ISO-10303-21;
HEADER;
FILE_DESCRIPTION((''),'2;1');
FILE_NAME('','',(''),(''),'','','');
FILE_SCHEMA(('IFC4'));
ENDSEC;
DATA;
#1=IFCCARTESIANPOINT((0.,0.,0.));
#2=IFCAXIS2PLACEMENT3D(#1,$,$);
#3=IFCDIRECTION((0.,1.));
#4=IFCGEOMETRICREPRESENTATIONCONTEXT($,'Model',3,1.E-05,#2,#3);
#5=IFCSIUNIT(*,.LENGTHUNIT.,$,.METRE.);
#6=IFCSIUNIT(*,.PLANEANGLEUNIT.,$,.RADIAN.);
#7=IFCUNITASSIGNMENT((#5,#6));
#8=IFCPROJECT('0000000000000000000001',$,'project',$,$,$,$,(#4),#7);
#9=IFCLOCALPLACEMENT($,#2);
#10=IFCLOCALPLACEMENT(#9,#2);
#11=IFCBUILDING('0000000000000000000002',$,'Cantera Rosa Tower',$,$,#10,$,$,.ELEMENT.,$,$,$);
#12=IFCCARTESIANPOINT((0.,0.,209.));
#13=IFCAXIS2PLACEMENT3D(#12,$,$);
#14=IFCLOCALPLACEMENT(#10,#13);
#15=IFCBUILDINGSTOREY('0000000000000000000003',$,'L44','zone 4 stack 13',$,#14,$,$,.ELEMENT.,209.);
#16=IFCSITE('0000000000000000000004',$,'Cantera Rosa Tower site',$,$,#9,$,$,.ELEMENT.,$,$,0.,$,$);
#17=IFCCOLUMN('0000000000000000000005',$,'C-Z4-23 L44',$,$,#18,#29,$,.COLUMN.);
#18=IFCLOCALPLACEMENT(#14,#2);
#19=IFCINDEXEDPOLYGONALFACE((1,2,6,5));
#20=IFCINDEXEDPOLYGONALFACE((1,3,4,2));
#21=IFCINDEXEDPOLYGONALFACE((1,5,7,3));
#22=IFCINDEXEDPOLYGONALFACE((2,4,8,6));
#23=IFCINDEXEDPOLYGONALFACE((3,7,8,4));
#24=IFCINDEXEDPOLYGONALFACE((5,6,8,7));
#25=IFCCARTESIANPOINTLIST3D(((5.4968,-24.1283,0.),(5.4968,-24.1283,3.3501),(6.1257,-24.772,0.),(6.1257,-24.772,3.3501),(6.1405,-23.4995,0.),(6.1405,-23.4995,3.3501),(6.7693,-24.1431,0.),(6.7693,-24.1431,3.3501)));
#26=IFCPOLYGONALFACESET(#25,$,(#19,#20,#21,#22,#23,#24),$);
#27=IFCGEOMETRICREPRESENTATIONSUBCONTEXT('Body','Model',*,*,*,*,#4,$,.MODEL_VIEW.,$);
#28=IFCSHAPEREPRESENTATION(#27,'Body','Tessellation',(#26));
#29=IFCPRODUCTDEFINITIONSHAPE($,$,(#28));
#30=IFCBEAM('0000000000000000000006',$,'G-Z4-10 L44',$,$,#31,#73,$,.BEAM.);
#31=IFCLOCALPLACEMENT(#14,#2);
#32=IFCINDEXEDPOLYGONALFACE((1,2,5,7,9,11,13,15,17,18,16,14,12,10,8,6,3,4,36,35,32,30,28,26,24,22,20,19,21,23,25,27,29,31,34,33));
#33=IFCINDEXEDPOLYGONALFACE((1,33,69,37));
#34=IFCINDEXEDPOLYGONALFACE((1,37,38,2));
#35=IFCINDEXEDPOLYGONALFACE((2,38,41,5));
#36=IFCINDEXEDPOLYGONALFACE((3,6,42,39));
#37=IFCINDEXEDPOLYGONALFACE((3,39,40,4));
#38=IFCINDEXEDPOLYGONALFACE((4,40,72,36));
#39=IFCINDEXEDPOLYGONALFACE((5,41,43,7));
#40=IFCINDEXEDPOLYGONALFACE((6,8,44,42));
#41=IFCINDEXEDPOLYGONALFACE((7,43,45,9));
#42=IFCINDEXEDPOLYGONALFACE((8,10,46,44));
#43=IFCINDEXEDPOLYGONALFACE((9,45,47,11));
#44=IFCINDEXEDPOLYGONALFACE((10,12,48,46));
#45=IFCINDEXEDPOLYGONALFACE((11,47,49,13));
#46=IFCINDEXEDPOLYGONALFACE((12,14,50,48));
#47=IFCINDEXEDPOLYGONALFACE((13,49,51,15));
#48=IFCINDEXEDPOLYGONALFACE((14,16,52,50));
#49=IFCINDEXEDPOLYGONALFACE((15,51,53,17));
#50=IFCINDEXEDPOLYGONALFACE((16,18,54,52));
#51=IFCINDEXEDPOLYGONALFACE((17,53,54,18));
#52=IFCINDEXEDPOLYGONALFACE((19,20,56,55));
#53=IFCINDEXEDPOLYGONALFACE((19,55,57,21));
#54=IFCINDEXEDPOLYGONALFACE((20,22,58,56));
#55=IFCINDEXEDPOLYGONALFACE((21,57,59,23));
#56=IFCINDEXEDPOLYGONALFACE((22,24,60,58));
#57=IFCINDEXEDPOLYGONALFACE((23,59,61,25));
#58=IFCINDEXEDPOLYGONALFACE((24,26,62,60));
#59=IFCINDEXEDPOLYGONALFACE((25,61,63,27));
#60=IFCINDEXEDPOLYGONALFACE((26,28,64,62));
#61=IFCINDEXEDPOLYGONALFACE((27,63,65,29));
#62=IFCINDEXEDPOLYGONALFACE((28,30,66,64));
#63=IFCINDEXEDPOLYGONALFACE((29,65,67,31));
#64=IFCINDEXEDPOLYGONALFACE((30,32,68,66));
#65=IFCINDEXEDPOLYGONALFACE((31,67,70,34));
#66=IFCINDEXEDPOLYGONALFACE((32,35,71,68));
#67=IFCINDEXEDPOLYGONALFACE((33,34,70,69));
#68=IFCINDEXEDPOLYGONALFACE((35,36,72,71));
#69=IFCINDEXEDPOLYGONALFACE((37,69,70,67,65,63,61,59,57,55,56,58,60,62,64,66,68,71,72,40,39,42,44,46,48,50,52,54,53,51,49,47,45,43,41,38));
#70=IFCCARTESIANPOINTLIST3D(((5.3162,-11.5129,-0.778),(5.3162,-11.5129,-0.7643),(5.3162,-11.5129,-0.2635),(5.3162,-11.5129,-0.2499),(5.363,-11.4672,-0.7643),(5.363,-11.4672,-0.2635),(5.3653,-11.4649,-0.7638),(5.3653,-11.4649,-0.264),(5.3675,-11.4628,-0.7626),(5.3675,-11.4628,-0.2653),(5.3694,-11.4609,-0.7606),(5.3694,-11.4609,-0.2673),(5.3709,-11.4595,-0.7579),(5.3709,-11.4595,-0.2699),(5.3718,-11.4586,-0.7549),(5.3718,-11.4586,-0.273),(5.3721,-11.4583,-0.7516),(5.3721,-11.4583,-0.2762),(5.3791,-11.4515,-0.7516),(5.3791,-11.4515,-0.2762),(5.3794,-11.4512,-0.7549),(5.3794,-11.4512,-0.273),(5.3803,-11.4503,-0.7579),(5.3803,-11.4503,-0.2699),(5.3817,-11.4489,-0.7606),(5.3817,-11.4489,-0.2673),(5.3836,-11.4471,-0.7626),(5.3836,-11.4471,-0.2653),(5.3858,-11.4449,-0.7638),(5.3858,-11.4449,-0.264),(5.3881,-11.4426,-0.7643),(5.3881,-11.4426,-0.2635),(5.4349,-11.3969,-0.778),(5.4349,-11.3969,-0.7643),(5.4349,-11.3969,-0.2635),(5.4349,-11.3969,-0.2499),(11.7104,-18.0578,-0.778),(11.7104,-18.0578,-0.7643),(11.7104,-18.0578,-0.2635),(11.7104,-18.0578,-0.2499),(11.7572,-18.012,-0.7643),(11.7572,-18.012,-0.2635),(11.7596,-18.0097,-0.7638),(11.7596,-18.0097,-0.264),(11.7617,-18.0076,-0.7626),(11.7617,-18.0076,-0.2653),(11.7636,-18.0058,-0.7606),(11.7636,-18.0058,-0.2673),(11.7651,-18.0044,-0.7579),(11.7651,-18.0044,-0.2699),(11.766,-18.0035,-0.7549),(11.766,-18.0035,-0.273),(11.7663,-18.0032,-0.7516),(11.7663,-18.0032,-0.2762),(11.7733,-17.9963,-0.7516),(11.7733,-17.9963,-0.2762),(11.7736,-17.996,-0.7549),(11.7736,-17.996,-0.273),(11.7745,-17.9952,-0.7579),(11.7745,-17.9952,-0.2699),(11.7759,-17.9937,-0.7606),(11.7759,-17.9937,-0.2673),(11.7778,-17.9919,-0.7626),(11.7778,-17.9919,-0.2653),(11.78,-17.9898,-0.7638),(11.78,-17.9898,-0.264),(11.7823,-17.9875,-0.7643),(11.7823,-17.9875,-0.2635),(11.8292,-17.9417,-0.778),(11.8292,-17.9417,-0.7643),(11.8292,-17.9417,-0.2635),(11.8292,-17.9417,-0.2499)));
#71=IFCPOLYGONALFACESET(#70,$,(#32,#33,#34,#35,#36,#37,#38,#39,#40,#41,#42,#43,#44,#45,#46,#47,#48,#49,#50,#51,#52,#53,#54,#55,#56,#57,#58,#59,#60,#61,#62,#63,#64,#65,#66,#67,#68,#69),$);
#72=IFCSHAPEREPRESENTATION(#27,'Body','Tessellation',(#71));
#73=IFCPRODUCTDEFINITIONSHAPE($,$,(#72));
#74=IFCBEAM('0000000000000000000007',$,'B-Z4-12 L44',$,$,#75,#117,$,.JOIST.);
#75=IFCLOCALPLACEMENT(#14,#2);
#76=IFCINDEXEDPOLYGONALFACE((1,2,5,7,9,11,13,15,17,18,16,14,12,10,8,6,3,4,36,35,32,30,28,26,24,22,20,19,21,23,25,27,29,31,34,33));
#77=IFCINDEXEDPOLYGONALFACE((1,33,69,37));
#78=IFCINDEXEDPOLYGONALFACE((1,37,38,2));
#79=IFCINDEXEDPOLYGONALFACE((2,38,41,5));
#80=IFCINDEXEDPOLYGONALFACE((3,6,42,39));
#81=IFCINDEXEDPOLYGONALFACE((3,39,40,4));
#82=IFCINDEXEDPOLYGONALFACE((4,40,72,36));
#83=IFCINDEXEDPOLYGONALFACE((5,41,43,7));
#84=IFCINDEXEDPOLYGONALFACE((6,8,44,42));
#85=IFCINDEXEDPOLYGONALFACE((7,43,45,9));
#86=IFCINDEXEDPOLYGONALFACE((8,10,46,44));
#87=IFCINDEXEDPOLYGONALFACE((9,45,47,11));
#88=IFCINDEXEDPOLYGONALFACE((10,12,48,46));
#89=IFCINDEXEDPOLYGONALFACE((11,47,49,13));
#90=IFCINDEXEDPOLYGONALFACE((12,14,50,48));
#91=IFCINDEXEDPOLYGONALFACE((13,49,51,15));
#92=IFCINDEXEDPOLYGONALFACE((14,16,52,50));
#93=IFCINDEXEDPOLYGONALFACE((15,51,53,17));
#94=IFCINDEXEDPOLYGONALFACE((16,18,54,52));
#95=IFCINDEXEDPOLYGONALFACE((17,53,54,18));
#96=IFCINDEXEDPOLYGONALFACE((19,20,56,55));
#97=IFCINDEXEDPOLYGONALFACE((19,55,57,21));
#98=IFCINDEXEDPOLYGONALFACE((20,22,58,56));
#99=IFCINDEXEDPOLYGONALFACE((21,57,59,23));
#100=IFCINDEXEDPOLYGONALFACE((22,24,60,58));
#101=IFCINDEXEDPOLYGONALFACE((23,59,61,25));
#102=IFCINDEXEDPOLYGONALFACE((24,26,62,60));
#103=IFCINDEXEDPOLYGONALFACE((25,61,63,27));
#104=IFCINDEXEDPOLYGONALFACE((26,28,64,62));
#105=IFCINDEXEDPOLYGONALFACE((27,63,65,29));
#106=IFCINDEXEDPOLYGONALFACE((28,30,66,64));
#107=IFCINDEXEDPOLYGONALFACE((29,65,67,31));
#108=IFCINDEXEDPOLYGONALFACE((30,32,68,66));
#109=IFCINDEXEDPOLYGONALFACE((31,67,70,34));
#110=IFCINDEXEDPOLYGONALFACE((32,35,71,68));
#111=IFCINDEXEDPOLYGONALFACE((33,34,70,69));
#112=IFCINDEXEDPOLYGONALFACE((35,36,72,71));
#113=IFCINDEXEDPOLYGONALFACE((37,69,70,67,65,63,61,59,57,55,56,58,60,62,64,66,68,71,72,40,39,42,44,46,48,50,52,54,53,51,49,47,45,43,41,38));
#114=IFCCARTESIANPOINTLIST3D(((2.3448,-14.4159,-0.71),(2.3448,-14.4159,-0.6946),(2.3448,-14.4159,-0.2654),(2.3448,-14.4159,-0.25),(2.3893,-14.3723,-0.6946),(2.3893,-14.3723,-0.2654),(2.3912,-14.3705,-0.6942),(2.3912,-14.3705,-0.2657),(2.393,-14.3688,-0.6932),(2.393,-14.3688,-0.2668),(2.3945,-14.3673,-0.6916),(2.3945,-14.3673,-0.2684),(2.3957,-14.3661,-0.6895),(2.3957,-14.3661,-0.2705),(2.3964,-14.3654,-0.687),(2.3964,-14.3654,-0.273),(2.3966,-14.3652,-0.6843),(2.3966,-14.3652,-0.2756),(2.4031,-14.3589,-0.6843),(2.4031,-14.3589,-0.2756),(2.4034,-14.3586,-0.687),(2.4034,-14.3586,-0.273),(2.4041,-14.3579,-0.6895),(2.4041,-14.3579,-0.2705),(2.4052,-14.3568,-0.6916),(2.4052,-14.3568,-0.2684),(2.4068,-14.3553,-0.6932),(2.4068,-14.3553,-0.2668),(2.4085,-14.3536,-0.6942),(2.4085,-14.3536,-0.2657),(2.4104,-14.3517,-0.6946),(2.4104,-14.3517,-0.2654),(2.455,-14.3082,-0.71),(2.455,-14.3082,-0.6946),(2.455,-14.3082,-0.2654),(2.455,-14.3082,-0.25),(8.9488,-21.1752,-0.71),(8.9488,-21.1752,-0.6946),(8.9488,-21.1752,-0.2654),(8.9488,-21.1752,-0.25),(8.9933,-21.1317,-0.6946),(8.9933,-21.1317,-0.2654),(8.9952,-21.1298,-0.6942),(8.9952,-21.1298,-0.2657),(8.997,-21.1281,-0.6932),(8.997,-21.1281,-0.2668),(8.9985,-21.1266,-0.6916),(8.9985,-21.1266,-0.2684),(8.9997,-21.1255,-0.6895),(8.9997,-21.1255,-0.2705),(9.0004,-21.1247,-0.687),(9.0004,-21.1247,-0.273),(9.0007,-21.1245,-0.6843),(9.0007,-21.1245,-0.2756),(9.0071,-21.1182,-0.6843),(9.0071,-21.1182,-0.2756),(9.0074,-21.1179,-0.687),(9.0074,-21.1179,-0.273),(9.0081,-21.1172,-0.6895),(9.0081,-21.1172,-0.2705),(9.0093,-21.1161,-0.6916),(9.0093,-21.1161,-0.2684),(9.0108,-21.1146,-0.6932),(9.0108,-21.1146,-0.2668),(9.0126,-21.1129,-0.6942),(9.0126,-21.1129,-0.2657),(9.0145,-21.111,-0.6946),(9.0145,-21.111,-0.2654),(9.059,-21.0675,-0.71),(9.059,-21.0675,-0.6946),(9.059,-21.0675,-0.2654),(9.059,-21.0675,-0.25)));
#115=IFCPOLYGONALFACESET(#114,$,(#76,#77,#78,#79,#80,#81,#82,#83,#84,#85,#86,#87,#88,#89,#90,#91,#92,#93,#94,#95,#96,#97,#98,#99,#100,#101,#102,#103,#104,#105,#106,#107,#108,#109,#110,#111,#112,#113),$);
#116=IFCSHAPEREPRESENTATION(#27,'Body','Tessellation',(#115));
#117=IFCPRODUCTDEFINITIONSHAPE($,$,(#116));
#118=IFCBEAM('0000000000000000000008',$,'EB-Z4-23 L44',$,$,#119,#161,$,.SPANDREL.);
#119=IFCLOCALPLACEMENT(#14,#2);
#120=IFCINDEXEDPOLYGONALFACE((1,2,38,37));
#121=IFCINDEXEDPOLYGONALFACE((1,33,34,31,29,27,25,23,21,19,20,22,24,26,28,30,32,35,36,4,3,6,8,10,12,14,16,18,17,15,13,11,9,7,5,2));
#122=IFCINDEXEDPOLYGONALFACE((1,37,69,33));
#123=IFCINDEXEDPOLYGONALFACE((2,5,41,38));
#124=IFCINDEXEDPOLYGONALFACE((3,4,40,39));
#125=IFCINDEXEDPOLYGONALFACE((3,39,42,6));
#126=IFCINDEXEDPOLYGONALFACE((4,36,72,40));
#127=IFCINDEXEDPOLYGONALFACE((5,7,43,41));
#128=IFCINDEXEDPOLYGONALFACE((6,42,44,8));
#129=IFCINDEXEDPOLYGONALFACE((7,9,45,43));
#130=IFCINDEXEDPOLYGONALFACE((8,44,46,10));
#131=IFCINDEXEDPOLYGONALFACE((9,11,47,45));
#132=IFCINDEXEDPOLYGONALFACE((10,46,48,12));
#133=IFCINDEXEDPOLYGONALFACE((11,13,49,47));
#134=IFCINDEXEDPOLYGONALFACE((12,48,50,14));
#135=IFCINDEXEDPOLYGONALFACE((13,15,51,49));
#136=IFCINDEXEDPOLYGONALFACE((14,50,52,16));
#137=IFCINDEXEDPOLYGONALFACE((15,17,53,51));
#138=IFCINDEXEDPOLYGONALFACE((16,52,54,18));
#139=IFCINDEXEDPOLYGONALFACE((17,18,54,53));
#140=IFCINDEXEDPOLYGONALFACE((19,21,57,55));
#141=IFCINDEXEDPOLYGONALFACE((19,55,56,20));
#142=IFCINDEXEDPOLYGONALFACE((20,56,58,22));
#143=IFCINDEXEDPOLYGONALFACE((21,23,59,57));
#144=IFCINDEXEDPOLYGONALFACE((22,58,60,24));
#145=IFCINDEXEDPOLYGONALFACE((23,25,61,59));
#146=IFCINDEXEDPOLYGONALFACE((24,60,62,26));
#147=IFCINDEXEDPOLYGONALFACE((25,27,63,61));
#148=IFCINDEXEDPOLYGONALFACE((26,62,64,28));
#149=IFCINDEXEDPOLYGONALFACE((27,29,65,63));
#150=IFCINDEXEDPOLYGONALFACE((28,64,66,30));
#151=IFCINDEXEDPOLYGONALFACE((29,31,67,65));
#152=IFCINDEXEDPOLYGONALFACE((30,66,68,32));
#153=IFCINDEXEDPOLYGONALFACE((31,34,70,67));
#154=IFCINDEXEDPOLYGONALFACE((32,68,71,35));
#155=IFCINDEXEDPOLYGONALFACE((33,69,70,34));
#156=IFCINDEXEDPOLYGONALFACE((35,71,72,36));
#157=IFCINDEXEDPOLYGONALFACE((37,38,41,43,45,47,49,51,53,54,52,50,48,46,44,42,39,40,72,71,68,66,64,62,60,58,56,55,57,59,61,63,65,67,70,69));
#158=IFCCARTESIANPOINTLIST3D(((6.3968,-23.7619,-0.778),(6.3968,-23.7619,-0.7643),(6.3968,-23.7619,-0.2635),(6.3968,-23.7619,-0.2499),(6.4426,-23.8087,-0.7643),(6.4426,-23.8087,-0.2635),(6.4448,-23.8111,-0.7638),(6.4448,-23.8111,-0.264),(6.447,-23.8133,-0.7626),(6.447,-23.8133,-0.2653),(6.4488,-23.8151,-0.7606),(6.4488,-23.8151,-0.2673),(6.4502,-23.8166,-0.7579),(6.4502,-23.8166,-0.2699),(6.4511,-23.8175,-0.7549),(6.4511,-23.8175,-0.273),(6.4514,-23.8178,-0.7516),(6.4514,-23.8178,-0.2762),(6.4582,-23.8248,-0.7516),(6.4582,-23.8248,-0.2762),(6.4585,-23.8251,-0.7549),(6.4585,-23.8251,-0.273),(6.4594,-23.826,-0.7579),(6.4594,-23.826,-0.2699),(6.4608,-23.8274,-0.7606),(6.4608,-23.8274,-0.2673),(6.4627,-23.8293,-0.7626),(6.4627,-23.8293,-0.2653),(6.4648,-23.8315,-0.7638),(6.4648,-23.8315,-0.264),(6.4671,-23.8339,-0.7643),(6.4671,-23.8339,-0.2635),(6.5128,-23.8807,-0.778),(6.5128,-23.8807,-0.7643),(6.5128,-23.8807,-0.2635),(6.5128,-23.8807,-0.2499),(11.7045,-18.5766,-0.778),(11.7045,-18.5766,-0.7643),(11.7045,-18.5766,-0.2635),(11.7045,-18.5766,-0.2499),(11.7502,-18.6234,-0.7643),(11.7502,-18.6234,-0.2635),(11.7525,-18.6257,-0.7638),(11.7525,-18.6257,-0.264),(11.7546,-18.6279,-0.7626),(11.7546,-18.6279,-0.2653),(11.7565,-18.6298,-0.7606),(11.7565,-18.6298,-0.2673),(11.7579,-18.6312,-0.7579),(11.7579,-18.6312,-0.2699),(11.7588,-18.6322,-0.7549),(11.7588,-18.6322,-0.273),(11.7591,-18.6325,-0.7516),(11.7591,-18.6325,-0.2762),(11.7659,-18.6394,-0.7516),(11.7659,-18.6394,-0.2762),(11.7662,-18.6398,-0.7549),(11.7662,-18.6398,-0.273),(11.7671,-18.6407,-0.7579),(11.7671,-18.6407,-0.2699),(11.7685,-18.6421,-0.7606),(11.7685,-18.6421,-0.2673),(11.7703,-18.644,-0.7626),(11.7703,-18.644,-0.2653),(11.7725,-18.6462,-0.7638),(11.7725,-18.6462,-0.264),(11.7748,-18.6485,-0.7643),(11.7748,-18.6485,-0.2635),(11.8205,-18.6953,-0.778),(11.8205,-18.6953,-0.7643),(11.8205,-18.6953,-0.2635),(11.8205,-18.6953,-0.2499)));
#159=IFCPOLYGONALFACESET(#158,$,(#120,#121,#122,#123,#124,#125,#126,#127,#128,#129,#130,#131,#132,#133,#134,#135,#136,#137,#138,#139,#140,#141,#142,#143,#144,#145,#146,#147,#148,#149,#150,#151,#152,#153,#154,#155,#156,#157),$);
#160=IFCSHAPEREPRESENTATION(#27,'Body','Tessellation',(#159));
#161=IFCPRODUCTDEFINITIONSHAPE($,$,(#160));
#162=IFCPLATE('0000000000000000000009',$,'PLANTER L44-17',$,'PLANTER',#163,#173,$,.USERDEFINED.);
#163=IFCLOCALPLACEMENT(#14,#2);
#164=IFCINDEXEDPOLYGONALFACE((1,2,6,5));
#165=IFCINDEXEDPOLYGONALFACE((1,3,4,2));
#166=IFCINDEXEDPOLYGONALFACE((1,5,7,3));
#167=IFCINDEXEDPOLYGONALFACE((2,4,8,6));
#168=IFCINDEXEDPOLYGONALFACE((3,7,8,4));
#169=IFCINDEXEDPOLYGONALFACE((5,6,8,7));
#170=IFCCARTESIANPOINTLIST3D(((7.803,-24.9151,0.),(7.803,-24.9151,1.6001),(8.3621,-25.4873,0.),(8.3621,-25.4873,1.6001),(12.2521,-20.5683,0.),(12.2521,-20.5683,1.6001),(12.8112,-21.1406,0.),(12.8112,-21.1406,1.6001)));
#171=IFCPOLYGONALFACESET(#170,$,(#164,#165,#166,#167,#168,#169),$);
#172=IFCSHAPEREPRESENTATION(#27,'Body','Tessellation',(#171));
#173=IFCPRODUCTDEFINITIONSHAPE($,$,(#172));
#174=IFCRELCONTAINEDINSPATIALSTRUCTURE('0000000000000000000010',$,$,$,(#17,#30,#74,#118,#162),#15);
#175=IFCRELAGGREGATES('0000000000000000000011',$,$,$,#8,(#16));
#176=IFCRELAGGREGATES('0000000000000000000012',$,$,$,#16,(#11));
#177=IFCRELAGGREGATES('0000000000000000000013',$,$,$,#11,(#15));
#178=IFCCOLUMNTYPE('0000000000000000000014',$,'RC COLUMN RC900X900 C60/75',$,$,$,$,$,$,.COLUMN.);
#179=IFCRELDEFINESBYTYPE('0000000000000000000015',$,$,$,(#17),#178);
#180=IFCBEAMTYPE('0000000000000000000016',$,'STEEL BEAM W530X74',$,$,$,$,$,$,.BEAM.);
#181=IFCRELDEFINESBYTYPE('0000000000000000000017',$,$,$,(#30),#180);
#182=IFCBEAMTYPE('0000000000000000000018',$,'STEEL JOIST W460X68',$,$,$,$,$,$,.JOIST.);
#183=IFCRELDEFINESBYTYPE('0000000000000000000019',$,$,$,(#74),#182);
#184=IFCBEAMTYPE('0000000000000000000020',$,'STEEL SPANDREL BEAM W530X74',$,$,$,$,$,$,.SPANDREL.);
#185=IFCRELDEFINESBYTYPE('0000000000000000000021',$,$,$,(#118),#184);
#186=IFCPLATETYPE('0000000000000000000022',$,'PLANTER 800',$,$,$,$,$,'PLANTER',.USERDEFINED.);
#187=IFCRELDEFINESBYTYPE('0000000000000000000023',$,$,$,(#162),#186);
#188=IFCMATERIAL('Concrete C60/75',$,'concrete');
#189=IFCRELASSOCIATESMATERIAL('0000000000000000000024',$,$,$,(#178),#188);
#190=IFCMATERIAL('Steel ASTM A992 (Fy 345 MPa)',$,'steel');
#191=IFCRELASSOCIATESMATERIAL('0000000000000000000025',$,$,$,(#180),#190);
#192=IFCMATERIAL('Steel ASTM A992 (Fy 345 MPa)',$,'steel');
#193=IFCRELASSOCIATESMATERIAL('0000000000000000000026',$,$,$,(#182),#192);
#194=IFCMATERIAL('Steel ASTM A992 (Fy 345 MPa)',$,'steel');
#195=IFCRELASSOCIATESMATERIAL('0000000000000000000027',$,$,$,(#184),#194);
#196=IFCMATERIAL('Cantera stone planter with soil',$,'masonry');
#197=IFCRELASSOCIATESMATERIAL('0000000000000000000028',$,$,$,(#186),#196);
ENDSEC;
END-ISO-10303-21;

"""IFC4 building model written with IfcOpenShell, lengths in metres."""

from ifc_helpers import new_model, si_unit, direction, frame, origin, origin_2d, place, context, subcontext, project, spatial, rectangle, i_section, extrude, material, material_profile, profile_set, type_object, element, save


model = new_model("IFC4")

# Units and contexts
model_context = context("Model", 3, precision=1e-05, world=origin(), true_north=direction((0.0, 1.0)))
body_context = subcontext(model_context, "Body", "Model", "MODEL_VIEW")
ifc_project = project(units=[si_unit("LENGTHUNIT", "METRE"), si_unit("PLANEANGLEUNIT", "RADIAN")], contexts=[model_context])

# Site, building, storey
site_placement = place(None, origin())
site = spatial("IfcSite", under=ifc_project, at=site_placement, Name="Cantera Rosa Tower site", CompositionType="ELEMENT", RefElevation=0.0)
building_placement = place(site_placement, origin())
building = spatial("IfcBuilding", under=site, at=building_placement, Name="Cantera Rosa Tower", CompositionType="ELEMENT")
storey_placement = place(building_placement, frame((0.0, 0.0, 209.0)))
storey = spatial("IfcBuildingStorey", under=building, at=storey_placement, Name="L44", Description="zone 4 stack 13", CompositionType="ELEMENT", Elevation=209.0)

# Column
ifc_material_1 = material(Name="Concrete C60/75", Category="concrete")
ifc_material_profile_1 = material_profile(ifc_material_1, rectangle(XDim=0.8999, YDim=0.8999, at=origin_2d()), Name="RC COLUMN RC900X900 C60/75")
ifc_profile_set_1 = profile_set([ifc_material_profile_1], Name="Concrete C60/75")
column_type = type_object("IfcColumnType", Name="RC COLUMN RC900X900 C60/75", PredefinedType="COLUMN", material=ifc_profile_set_1)
column_placement = place(storey_placement, frame((6.1331, -24.1357, 0.0), z_axis=(0.0, 0.0, 1.0), x_axis=(0.715286, 0.698832, 0.0)))
element("IfcColumn", 1, at=column_placement, inside=storey, type_object=column_type, Name="C-Z4-23 L44", PredefinedType="COLUMN", context=body_context, shape_type="SweptSolid", body=[
    extrude(rectangle(XDim=0.8999, YDim=0.8999, at=origin_2d()), origin(), (0.0, 0.0, 1.0), 3.3501),
])

# Beams
ifc_material_2 = material(Name="Steel ASTM A992 (Fy 345 MPa)", Category="steel")
ifc_material_profile_2 = material_profile(ifc_material_2, i_section(OverallWidth=0.166, OverallDepth=0.5281, WebThickness=0.0098, FlangeThickness=0.0137, FilletRadius=0.0127, at=origin_2d()), Name="W530X74")
ifc_profile_set_2 = profile_set([ifc_material_profile_2], Name="Steel ASTM A992 (Fy 345 MPa)")
beam_type_1 = type_object("IfcBeamType", Name="STEEL BEAM W530X74", PredefinedType="BEAM", material=ifc_profile_set_2)
beam_1_placement = place(storey_placement, frame((11.7698, -17.9998, -0.5139), z_axis=(-0.698827, 0.71529, 0.0), x_axis=(-0.71529, -0.698827, 0.0)))
element("IfcBeam", 2, at=beam_1_placement, inside=storey, type_object=beam_type_1, Name="G-Z4-10 L44", PredefinedType="BEAM", context=body_context, shape_type="SweptSolid", body=[
    extrude(i_section(OverallWidth=0.166, OverallDepth=0.5281, WebThickness=0.0098, FlangeThickness=0.0137, FilletRadius=0.0127, at=origin_2d()), origin(), (0.0, 0.0, 1.0), 9.1499),
])
ifc_material_3 = material(Name="Steel ASTM A992 (Fy 345 MPa)", Category="steel")
ifc_material_profile_3 = material_profile(ifc_material_3, i_section(OverallWidth=0.1541, OverallDepth=0.46, WebThickness=0.009, FlangeThickness=0.0154, FilletRadius=0.0103, at=origin_2d()), Name="W460X68")
ifc_profile_set_3 = profile_set([ifc_material_profile_3], Name="Steel ASTM A992 (Fy 345 MPa)")
beam_type_2 = type_object("IfcBeamType", Name="STEEL JOIST W460X68", PredefinedType="JOIST", material=ifc_profile_set_3)
beam_2_placement = place(storey_placement, frame((9.0039, -21.1213, -0.48), z_axis=(-0.698843, 0.715275, 0.0), x_axis=(-0.715275, -0.698843, 0.0)))
element("IfcBeam", 3, at=beam_2_placement, inside=storey, type_object=beam_type_2, Name="B-Z4-12 L44", PredefinedType="JOIST", context=body_context, shape_type="SweptSolid", body=[
    extrude(i_section(OverallWidth=0.1541, OverallDepth=0.46, WebThickness=0.009, FlangeThickness=0.0154, FilletRadius=0.0103, at=origin_2d()), origin(), (0.0, 0.0, 1.0), 9.45),
])
ifc_material_4 = material(Name="Steel ASTM A992 (Fy 345 MPa)", Category="steel")
ifc_material_profile_4 = material_profile(ifc_material_4, i_section(OverallWidth=0.166, OverallDepth=0.5281, WebThickness=0.0098, FlangeThickness=0.0137, FilletRadius=0.0127, at=origin_2d()), Name="W530X74")
ifc_profile_set_4 = profile_set([ifc_material_profile_4], Name="Steel ASTM A992 (Fy 345 MPa)")
beam_type_3 = type_object("IfcBeamType", Name="STEEL SPANDREL BEAM W530X74", PredefinedType="SPANDREL", material=ifc_profile_set_4)
beam_3_placement = place(storey_placement, frame((6.4548, -23.8213, -0.5139), z_axis=(0.715301, 0.698817, 0.0), x_axis=(-0.698817, 0.715301, 0.0)))
element("IfcBeam", 4, at=beam_3_placement, inside=storey, type_object=beam_type_3, Name="EB-Z4-23 L44", PredefinedType="SPANDREL", context=body_context, shape_type="SweptSolid", body=[
    extrude(i_section(OverallWidth=0.166, OverallDepth=0.5281, WebThickness=0.0098, FlangeThickness=0.0137, FilletRadius=0.0127, at=origin_2d()), origin(), (0.0, 0.0, 1.0), 7.4202),
])

# Plate
ifc_material_5 = material(Name="Cantera stone planter with soil", Category="masonry")
plate_type = type_object("IfcPlateType", Name="PLANTER 800", ElementType="PLANTER", PredefinedType="USERDEFINED", material=ifc_material_5)
plate_placement = place(storey_placement, frame((10.3071, -23.0278, 0.0), z_axis=(0.0, 0.0, 1.0), x_axis=(0.715286, 0.698832, 0.0)))
element("IfcPlate", 5, at=plate_placement, inside=storey, type_object=plate_type, Name="PLANTER L44-17", ObjectType="PLANTER", PredefinedType="USERDEFINED", context=body_context, shape_type="SweptSolid", body=[
    extrude(rectangle(XDim=6.22, YDim=0.8, at=origin_2d()), origin(), (0.0, 0.0, 1.0), 1.6001),
])

save(model, "model.ifc")
